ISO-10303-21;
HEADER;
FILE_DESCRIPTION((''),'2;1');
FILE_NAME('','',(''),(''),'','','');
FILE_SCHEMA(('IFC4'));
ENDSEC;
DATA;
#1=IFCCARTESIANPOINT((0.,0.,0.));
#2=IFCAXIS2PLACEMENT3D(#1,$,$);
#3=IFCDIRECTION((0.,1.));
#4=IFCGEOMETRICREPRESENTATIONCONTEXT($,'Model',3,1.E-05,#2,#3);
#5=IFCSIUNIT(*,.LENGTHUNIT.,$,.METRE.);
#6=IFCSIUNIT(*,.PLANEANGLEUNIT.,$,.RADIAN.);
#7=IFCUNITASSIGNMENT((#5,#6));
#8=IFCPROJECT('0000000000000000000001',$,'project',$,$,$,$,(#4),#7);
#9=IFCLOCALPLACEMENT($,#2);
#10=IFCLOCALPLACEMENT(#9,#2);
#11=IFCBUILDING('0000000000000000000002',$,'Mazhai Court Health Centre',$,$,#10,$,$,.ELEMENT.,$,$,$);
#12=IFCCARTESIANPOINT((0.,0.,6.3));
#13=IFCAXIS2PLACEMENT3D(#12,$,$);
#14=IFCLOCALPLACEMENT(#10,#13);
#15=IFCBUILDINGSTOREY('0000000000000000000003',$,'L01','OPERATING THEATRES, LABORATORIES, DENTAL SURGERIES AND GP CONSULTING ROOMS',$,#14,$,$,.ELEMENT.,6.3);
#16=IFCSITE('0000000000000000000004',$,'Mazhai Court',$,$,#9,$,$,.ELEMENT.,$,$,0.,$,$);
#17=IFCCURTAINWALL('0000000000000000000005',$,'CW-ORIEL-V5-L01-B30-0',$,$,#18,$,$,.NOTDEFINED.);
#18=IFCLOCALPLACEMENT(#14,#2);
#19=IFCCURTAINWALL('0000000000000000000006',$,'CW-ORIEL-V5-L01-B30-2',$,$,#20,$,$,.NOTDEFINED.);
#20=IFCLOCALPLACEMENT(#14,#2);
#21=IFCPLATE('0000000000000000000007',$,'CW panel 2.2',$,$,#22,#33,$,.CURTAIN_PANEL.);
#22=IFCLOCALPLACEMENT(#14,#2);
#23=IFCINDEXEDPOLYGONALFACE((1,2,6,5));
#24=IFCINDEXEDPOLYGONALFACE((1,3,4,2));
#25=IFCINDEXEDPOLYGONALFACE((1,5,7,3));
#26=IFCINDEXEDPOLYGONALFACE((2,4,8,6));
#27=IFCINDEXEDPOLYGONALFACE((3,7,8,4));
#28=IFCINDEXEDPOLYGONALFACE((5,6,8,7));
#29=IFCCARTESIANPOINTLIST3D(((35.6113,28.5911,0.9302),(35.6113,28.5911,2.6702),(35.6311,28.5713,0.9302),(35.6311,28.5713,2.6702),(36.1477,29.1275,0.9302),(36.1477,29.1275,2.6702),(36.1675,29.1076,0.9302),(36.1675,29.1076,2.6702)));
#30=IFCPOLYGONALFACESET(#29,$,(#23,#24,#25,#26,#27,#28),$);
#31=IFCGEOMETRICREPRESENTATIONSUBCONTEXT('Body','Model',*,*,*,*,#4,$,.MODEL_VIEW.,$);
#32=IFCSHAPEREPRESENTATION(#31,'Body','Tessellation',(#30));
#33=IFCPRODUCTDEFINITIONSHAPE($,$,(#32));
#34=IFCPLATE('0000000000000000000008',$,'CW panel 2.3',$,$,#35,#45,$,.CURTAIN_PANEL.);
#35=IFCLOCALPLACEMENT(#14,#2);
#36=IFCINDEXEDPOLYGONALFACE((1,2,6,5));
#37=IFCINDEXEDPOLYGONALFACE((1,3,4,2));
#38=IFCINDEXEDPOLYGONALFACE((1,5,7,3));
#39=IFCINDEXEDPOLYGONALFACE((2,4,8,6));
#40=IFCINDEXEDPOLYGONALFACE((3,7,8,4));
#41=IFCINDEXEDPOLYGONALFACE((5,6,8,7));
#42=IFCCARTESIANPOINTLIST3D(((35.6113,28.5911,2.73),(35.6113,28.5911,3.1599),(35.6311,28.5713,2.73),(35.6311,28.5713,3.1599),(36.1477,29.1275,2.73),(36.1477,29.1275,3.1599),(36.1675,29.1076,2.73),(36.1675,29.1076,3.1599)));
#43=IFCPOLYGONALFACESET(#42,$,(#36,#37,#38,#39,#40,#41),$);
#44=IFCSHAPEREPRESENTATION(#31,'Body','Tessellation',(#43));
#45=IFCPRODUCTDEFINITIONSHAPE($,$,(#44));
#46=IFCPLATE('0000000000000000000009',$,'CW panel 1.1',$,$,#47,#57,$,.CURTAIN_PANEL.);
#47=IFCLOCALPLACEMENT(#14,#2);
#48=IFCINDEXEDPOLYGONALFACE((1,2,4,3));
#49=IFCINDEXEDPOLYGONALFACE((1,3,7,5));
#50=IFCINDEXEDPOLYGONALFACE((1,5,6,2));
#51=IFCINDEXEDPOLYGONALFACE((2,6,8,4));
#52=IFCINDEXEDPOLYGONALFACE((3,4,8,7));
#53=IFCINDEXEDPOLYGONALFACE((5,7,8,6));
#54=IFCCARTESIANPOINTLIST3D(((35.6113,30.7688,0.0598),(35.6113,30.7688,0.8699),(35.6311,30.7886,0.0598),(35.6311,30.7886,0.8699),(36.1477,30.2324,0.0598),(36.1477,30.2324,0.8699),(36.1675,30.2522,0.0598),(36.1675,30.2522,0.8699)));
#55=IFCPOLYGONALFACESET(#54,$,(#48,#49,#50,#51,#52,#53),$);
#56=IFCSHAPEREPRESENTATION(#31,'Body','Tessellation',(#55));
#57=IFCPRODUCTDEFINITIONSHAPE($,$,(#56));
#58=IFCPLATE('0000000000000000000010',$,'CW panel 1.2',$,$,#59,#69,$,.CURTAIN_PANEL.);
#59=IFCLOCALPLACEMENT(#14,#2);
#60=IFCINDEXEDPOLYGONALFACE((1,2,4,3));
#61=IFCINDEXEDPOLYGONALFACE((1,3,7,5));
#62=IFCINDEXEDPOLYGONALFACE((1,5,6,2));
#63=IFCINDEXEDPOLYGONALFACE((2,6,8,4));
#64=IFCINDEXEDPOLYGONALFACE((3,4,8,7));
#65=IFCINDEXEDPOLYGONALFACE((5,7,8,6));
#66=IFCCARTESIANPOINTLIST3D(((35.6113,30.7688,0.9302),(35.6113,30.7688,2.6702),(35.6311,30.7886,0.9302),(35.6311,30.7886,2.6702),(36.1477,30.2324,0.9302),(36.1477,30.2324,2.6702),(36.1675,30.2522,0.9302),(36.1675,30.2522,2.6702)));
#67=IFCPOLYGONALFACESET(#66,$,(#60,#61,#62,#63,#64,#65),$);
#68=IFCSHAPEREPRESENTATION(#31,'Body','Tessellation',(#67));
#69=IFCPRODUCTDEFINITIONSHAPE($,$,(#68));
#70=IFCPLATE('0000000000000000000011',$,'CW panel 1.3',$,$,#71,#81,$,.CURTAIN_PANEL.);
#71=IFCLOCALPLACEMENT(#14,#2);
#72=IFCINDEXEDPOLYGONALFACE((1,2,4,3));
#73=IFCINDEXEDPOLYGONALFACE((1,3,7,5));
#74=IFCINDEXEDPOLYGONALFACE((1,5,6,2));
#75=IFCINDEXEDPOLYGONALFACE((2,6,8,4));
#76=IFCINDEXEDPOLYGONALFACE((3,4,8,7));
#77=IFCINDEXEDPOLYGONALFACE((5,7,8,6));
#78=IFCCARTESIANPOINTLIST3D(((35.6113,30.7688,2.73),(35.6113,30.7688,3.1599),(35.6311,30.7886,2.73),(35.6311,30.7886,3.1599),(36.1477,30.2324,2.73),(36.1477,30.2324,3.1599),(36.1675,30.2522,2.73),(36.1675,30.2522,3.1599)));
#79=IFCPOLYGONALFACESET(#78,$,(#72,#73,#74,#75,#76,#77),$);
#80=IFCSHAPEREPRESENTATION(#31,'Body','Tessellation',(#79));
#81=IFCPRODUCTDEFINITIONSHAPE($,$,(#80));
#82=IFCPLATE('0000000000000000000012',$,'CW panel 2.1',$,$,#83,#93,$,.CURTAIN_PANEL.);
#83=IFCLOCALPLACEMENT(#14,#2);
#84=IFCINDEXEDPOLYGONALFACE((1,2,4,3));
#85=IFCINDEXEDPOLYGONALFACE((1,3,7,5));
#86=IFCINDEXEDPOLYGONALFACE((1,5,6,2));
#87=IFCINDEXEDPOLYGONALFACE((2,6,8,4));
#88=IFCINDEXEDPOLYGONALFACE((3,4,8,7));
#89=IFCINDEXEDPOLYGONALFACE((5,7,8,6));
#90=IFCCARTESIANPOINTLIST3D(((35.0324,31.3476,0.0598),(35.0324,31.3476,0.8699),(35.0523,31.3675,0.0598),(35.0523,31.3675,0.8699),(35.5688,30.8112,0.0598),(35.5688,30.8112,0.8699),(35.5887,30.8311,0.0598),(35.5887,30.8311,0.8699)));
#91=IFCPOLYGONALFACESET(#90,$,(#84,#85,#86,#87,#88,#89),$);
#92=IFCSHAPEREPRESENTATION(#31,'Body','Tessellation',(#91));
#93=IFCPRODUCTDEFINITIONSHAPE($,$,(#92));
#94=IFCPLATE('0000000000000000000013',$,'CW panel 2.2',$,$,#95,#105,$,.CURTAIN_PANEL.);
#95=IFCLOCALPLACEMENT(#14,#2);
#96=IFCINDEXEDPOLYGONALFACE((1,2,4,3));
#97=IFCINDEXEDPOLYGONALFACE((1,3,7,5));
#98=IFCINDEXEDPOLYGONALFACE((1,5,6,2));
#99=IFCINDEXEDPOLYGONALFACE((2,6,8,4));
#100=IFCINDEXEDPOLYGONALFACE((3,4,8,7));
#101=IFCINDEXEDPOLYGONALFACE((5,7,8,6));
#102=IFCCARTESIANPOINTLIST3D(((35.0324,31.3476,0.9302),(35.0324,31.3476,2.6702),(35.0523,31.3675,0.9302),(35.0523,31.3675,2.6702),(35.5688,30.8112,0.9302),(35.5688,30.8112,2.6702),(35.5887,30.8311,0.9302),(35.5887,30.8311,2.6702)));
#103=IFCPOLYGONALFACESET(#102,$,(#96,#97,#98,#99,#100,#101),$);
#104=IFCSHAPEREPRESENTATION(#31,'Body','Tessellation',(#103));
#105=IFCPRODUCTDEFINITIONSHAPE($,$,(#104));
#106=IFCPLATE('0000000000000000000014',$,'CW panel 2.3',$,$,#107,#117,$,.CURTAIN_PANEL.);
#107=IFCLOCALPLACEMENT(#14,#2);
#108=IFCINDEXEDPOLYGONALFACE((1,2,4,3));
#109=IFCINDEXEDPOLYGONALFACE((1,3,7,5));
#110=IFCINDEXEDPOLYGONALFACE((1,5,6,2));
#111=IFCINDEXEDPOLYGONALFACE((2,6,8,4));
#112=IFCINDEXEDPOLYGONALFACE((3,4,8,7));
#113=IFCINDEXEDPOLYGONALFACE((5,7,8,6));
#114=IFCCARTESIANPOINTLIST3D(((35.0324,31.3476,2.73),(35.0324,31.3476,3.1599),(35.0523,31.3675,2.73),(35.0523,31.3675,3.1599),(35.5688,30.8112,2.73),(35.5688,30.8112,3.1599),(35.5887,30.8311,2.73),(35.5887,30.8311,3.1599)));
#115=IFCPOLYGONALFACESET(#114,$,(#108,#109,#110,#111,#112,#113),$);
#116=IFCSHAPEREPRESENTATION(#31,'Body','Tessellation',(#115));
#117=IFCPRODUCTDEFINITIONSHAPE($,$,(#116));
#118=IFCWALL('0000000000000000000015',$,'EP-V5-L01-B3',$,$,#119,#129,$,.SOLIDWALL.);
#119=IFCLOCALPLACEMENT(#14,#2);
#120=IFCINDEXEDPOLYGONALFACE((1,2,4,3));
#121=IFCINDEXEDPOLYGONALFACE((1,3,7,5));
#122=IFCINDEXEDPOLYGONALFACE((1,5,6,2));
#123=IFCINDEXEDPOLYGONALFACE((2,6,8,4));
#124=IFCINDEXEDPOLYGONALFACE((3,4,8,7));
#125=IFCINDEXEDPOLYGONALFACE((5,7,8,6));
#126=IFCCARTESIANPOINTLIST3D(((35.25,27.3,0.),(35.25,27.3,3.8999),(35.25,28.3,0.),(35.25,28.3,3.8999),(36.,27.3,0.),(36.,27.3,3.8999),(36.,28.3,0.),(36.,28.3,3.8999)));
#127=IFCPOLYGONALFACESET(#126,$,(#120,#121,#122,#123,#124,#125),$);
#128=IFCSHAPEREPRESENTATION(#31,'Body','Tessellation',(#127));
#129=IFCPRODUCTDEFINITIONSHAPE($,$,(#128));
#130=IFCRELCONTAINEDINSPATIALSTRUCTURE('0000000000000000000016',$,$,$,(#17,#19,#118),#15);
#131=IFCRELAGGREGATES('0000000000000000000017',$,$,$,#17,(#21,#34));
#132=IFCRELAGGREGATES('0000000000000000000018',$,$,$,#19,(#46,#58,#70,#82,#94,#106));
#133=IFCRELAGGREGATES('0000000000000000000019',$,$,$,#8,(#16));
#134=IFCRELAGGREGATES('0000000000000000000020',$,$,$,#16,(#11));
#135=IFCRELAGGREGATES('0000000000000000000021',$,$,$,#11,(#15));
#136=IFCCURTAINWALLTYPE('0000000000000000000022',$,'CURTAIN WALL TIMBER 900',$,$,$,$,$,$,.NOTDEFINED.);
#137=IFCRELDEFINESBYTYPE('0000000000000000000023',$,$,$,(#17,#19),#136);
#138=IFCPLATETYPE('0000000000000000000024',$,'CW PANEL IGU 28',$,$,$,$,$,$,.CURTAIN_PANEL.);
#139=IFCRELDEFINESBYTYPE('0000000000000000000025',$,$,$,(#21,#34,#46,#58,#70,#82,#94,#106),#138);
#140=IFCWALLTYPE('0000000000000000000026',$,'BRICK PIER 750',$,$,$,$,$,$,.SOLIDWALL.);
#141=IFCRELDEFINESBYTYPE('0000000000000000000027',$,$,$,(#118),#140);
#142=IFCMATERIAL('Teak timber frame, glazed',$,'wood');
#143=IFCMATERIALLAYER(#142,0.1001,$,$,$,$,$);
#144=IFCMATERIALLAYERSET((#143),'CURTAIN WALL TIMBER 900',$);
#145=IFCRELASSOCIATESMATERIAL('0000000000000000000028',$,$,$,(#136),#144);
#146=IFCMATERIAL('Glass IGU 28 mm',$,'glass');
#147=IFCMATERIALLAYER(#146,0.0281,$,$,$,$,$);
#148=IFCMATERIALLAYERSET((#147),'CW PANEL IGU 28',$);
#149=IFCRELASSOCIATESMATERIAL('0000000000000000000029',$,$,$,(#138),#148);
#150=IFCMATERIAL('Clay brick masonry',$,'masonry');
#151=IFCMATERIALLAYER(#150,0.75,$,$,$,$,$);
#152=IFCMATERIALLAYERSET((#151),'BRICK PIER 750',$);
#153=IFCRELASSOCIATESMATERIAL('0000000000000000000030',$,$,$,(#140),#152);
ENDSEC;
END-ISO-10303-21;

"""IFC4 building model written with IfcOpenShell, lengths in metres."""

from ifc_helpers import new_model, si_unit, direction, frame, frame_2d, origin, origin_2d, place, context, subcontext, project, spatial, rectangle, extrude, material, layer, layer_set, type_object, element, aggregate, save


model = new_model("IFC4")

# Units and contexts
model_context = context("Model", 3, precision=1e-05, world=origin(), true_north=direction((0.0, 1.0)))
body_context = subcontext(model_context, "Body", "Model", "MODEL_VIEW")
ifc_project = project(units=[si_unit("LENGTHUNIT", "METRE"), si_unit("PLANEANGLEUNIT", "RADIAN")], contexts=[model_context])

# Site, building, storey
site_placement = place(None, origin())
site = spatial("IfcSite", under=ifc_project, at=site_placement, Name="Mazhai Court", CompositionType="ELEMENT", RefElevation=0.0)
building_placement = place(site_placement, origin())
building = spatial("IfcBuilding", under=site, at=building_placement, Name="Mazhai Court Health Centre", CompositionType="ELEMENT")
storey_placement = place(building_placement, frame((0.0, 0.0, 6.3)))
storey = spatial("IfcBuildingStorey", under=building, at=storey_placement, Name="L01", Description="OPERATING THEATRES, LABORATORIES, DENTAL SURGERIES AND GP CONSULTING ROOMS", CompositionType="ELEMENT", Elevation=6.3)

# Curtain walls
ifc_material_1 = material(Name="Teak timber frame, glazed", Category="wood")
ifc_layer_1 = layer(ifc_material_1, 0.1001)
ifc_layer_set_1 = layer_set([ifc_layer_1], Name="CURTAIN WALL TIMBER 900")
curtain_wall_type = type_object("IfcCurtainWallType", Name="CURTAIN WALL TIMBER 900", PredefinedType="NOTDEFINED", material=ifc_layer_set_1)
curtain_wall_1_placement = place(storey_placement, origin())
curtain_wall_1 = element("IfcCurtainWall", 1, at=curtain_wall_1_placement, inside=storey, type_object=curtain_wall_type, Name="CW-ORIEL-V5-L01-B30-0", PredefinedType="NOTDEFINED")
curtain_wall_2_placement = place(storey_placement, origin())
curtain_wall_2 = element("IfcCurtainWall", 2, at=curtain_wall_2_placement, inside=storey, type_object=curtain_wall_type, Name="CW-ORIEL-V5-L01-B30-2", PredefinedType="NOTDEFINED")

# Plates
ifc_material_2 = material(Name="Glass IGU 28 mm", Category="glass")
ifc_layer_2 = layer(ifc_material_2, 0.0281)
ifc_layer_set_2 = layer_set([ifc_layer_2], Name="CW PANEL IGU 28")
plate_type = type_object("IfcPlateType", Name="CW PANEL IGU 28", PredefinedType="CURTAIN_PANEL", material=ifc_layer_set_2)
plate_1_placement = place(storey_placement, frame((35.8894, 28.8494, 0.9302), z_axis=(0.0, 0.0, 1.0), x_axis=(0.707107, 0.707107, 0.0)))
plate_1 = element("IfcPlate", 3, at=plate_1_placement, type_object=plate_type, Name="CW panel 2.2", PredefinedType="CURTAIN_PANEL", context=body_context, shape_type="SweptSolid", body=[
    extrude(rectangle(XDim=0.7585, YDim=0.0281, at=origin_2d()), origin(), (0.0, 0.0, 1.0), 1.74),
])
plate_2_placement = place(storey_placement, frame((35.8894, 28.8494, 2.73), z_axis=(0.0, 0.0, 1.0), x_axis=(0.707107, 0.707107, 0.0)))
plate_2 = element("IfcPlate", 4, at=plate_2_placement, type_object=plate_type, Name="CW panel 2.3", PredefinedType="CURTAIN_PANEL", context=body_context, shape_type="SweptSolid", body=[
    extrude(rectangle(XDim=0.7585, YDim=0.0281, at=origin_2d()), origin(), (0.0, 0.0, 1.0), 0.4299),
])
aggregate(curtain_wall_1, [plate_1, plate_2])
plate_3_placement = place(storey_placement, frame((35.8894, 30.5105, 0.0598), z_axis=(0.0, 0.0, 1.0), x_axis=(-0.707107, 0.707107, 0.0)))
plate_3 = element("IfcPlate", 5, at=plate_3_placement, type_object=plate_type, Name="CW panel 1.1", PredefinedType="CURTAIN_PANEL", context=body_context, shape_type="SweptSolid", body=[
    extrude(rectangle(XDim=0.7585, YDim=0.0281, at=origin_2d()), origin(), (0.0, 0.0, 1.0), 0.8101),
])
plate_4_placement = place(storey_placement, frame((35.8894, 30.5105, 0.9302), z_axis=(0.0, 0.0, 1.0), x_axis=(-0.707107, 0.707107, 0.0)))
plate_4 = element("IfcPlate", 6, at=plate_4_placement, type_object=plate_type, Name="CW panel 1.2", PredefinedType="CURTAIN_PANEL", context=body_context, shape_type="SweptSolid", body=[
    extrude(rectangle(XDim=0.7585, YDim=0.0281, at=origin_2d()), origin(), (0.0, 0.0, 1.0), 1.74),
])
plate_5_placement = place(storey_placement, frame((35.8894, 30.5105, 2.73), z_axis=(0.0, 0.0, 1.0), x_axis=(-0.707107, 0.707107, 0.0)))
plate_5 = element("IfcPlate", 7, at=plate_5_placement, type_object=plate_type, Name="CW panel 1.3", PredefinedType="CURTAIN_PANEL", context=body_context, shape_type="SweptSolid", body=[
    extrude(rectangle(XDim=0.7585, YDim=0.0281, at=origin_2d()), origin(), (0.0, 0.0, 1.0), 0.4299),
])
plate_6_placement = place(storey_placement, frame((35.3105, 31.0894, 0.0598), z_axis=(0.0, 0.0, 1.0), x_axis=(-0.707107, 0.707107, 0.0)))
plate_6 = element("IfcPlate", 8, at=plate_6_placement, type_object=plate_type, Name="CW panel 2.1", PredefinedType="CURTAIN_PANEL", context=body_context, shape_type="SweptSolid", body=[
    extrude(rectangle(XDim=0.7585, YDim=0.0281, at=origin_2d()), origin(), (0.0, 0.0, 1.0), 0.8101),
])
plate_7_placement = place(storey_placement, frame((35.3105, 31.0894, 0.9302), z_axis=(0.0, 0.0, 1.0), x_axis=(-0.707107, 0.707107, 0.0)))
plate_7 = element("IfcPlate", 9, at=plate_7_placement, type_object=plate_type, Name="CW panel 2.2", PredefinedType="CURTAIN_PANEL", context=body_context, shape_type="SweptSolid", body=[
    extrude(rectangle(XDim=0.7585, YDim=0.0281, at=origin_2d()), origin(), (0.0, 0.0, 1.0), 1.74),
])
plate_8_placement = place(storey_placement, frame((35.3105, 31.0894, 2.73), z_axis=(0.0, 0.0, 1.0), x_axis=(-0.707107, 0.707107, 0.0)))
plate_8 = element("IfcPlate", 10, at=plate_8_placement, type_object=plate_type, Name="CW panel 2.3", PredefinedType="CURTAIN_PANEL", context=body_context, shape_type="SweptSolid", body=[
    extrude(rectangle(XDim=0.7585, YDim=0.0281, at=origin_2d()), origin(), (0.0, 0.0, 1.0), 0.4299),
])
aggregate(curtain_wall_2, [plate_3, plate_4, plate_5, plate_6, plate_7, plate_8])

# Wall
ifc_material_3 = material(Name="Clay brick masonry", Category="masonry")
ifc_layer_3 = layer(ifc_material_3, 0.75)
ifc_layer_set_3 = layer_set([ifc_layer_3], Name="BRICK PIER 750")
wall_type = type_object("IfcWallType", Name="BRICK PIER 750", PredefinedType="SOLIDWALL", material=ifc_layer_set_3)
wall_placement = place(storey_placement, frame((35.625, 28.3, 0.0), z_axis=(0.0, 0.0, 1.0), x_axis=(0.0, -1.0, 0.0)))
element("IfcWall", 11, at=wall_placement, inside=storey, type_object=wall_type, Name="EP-V5-L01-B3", PredefinedType="SOLIDWALL", context=body_context, shape_type="SweptSolid", body=[
    extrude(rectangle(XDim=1.0, YDim=0.75, at=frame_2d((0.5, 0.0))), origin(), (0.0, 0.0, 1.0), 3.8999),
])

save(model, "model.ifc")
